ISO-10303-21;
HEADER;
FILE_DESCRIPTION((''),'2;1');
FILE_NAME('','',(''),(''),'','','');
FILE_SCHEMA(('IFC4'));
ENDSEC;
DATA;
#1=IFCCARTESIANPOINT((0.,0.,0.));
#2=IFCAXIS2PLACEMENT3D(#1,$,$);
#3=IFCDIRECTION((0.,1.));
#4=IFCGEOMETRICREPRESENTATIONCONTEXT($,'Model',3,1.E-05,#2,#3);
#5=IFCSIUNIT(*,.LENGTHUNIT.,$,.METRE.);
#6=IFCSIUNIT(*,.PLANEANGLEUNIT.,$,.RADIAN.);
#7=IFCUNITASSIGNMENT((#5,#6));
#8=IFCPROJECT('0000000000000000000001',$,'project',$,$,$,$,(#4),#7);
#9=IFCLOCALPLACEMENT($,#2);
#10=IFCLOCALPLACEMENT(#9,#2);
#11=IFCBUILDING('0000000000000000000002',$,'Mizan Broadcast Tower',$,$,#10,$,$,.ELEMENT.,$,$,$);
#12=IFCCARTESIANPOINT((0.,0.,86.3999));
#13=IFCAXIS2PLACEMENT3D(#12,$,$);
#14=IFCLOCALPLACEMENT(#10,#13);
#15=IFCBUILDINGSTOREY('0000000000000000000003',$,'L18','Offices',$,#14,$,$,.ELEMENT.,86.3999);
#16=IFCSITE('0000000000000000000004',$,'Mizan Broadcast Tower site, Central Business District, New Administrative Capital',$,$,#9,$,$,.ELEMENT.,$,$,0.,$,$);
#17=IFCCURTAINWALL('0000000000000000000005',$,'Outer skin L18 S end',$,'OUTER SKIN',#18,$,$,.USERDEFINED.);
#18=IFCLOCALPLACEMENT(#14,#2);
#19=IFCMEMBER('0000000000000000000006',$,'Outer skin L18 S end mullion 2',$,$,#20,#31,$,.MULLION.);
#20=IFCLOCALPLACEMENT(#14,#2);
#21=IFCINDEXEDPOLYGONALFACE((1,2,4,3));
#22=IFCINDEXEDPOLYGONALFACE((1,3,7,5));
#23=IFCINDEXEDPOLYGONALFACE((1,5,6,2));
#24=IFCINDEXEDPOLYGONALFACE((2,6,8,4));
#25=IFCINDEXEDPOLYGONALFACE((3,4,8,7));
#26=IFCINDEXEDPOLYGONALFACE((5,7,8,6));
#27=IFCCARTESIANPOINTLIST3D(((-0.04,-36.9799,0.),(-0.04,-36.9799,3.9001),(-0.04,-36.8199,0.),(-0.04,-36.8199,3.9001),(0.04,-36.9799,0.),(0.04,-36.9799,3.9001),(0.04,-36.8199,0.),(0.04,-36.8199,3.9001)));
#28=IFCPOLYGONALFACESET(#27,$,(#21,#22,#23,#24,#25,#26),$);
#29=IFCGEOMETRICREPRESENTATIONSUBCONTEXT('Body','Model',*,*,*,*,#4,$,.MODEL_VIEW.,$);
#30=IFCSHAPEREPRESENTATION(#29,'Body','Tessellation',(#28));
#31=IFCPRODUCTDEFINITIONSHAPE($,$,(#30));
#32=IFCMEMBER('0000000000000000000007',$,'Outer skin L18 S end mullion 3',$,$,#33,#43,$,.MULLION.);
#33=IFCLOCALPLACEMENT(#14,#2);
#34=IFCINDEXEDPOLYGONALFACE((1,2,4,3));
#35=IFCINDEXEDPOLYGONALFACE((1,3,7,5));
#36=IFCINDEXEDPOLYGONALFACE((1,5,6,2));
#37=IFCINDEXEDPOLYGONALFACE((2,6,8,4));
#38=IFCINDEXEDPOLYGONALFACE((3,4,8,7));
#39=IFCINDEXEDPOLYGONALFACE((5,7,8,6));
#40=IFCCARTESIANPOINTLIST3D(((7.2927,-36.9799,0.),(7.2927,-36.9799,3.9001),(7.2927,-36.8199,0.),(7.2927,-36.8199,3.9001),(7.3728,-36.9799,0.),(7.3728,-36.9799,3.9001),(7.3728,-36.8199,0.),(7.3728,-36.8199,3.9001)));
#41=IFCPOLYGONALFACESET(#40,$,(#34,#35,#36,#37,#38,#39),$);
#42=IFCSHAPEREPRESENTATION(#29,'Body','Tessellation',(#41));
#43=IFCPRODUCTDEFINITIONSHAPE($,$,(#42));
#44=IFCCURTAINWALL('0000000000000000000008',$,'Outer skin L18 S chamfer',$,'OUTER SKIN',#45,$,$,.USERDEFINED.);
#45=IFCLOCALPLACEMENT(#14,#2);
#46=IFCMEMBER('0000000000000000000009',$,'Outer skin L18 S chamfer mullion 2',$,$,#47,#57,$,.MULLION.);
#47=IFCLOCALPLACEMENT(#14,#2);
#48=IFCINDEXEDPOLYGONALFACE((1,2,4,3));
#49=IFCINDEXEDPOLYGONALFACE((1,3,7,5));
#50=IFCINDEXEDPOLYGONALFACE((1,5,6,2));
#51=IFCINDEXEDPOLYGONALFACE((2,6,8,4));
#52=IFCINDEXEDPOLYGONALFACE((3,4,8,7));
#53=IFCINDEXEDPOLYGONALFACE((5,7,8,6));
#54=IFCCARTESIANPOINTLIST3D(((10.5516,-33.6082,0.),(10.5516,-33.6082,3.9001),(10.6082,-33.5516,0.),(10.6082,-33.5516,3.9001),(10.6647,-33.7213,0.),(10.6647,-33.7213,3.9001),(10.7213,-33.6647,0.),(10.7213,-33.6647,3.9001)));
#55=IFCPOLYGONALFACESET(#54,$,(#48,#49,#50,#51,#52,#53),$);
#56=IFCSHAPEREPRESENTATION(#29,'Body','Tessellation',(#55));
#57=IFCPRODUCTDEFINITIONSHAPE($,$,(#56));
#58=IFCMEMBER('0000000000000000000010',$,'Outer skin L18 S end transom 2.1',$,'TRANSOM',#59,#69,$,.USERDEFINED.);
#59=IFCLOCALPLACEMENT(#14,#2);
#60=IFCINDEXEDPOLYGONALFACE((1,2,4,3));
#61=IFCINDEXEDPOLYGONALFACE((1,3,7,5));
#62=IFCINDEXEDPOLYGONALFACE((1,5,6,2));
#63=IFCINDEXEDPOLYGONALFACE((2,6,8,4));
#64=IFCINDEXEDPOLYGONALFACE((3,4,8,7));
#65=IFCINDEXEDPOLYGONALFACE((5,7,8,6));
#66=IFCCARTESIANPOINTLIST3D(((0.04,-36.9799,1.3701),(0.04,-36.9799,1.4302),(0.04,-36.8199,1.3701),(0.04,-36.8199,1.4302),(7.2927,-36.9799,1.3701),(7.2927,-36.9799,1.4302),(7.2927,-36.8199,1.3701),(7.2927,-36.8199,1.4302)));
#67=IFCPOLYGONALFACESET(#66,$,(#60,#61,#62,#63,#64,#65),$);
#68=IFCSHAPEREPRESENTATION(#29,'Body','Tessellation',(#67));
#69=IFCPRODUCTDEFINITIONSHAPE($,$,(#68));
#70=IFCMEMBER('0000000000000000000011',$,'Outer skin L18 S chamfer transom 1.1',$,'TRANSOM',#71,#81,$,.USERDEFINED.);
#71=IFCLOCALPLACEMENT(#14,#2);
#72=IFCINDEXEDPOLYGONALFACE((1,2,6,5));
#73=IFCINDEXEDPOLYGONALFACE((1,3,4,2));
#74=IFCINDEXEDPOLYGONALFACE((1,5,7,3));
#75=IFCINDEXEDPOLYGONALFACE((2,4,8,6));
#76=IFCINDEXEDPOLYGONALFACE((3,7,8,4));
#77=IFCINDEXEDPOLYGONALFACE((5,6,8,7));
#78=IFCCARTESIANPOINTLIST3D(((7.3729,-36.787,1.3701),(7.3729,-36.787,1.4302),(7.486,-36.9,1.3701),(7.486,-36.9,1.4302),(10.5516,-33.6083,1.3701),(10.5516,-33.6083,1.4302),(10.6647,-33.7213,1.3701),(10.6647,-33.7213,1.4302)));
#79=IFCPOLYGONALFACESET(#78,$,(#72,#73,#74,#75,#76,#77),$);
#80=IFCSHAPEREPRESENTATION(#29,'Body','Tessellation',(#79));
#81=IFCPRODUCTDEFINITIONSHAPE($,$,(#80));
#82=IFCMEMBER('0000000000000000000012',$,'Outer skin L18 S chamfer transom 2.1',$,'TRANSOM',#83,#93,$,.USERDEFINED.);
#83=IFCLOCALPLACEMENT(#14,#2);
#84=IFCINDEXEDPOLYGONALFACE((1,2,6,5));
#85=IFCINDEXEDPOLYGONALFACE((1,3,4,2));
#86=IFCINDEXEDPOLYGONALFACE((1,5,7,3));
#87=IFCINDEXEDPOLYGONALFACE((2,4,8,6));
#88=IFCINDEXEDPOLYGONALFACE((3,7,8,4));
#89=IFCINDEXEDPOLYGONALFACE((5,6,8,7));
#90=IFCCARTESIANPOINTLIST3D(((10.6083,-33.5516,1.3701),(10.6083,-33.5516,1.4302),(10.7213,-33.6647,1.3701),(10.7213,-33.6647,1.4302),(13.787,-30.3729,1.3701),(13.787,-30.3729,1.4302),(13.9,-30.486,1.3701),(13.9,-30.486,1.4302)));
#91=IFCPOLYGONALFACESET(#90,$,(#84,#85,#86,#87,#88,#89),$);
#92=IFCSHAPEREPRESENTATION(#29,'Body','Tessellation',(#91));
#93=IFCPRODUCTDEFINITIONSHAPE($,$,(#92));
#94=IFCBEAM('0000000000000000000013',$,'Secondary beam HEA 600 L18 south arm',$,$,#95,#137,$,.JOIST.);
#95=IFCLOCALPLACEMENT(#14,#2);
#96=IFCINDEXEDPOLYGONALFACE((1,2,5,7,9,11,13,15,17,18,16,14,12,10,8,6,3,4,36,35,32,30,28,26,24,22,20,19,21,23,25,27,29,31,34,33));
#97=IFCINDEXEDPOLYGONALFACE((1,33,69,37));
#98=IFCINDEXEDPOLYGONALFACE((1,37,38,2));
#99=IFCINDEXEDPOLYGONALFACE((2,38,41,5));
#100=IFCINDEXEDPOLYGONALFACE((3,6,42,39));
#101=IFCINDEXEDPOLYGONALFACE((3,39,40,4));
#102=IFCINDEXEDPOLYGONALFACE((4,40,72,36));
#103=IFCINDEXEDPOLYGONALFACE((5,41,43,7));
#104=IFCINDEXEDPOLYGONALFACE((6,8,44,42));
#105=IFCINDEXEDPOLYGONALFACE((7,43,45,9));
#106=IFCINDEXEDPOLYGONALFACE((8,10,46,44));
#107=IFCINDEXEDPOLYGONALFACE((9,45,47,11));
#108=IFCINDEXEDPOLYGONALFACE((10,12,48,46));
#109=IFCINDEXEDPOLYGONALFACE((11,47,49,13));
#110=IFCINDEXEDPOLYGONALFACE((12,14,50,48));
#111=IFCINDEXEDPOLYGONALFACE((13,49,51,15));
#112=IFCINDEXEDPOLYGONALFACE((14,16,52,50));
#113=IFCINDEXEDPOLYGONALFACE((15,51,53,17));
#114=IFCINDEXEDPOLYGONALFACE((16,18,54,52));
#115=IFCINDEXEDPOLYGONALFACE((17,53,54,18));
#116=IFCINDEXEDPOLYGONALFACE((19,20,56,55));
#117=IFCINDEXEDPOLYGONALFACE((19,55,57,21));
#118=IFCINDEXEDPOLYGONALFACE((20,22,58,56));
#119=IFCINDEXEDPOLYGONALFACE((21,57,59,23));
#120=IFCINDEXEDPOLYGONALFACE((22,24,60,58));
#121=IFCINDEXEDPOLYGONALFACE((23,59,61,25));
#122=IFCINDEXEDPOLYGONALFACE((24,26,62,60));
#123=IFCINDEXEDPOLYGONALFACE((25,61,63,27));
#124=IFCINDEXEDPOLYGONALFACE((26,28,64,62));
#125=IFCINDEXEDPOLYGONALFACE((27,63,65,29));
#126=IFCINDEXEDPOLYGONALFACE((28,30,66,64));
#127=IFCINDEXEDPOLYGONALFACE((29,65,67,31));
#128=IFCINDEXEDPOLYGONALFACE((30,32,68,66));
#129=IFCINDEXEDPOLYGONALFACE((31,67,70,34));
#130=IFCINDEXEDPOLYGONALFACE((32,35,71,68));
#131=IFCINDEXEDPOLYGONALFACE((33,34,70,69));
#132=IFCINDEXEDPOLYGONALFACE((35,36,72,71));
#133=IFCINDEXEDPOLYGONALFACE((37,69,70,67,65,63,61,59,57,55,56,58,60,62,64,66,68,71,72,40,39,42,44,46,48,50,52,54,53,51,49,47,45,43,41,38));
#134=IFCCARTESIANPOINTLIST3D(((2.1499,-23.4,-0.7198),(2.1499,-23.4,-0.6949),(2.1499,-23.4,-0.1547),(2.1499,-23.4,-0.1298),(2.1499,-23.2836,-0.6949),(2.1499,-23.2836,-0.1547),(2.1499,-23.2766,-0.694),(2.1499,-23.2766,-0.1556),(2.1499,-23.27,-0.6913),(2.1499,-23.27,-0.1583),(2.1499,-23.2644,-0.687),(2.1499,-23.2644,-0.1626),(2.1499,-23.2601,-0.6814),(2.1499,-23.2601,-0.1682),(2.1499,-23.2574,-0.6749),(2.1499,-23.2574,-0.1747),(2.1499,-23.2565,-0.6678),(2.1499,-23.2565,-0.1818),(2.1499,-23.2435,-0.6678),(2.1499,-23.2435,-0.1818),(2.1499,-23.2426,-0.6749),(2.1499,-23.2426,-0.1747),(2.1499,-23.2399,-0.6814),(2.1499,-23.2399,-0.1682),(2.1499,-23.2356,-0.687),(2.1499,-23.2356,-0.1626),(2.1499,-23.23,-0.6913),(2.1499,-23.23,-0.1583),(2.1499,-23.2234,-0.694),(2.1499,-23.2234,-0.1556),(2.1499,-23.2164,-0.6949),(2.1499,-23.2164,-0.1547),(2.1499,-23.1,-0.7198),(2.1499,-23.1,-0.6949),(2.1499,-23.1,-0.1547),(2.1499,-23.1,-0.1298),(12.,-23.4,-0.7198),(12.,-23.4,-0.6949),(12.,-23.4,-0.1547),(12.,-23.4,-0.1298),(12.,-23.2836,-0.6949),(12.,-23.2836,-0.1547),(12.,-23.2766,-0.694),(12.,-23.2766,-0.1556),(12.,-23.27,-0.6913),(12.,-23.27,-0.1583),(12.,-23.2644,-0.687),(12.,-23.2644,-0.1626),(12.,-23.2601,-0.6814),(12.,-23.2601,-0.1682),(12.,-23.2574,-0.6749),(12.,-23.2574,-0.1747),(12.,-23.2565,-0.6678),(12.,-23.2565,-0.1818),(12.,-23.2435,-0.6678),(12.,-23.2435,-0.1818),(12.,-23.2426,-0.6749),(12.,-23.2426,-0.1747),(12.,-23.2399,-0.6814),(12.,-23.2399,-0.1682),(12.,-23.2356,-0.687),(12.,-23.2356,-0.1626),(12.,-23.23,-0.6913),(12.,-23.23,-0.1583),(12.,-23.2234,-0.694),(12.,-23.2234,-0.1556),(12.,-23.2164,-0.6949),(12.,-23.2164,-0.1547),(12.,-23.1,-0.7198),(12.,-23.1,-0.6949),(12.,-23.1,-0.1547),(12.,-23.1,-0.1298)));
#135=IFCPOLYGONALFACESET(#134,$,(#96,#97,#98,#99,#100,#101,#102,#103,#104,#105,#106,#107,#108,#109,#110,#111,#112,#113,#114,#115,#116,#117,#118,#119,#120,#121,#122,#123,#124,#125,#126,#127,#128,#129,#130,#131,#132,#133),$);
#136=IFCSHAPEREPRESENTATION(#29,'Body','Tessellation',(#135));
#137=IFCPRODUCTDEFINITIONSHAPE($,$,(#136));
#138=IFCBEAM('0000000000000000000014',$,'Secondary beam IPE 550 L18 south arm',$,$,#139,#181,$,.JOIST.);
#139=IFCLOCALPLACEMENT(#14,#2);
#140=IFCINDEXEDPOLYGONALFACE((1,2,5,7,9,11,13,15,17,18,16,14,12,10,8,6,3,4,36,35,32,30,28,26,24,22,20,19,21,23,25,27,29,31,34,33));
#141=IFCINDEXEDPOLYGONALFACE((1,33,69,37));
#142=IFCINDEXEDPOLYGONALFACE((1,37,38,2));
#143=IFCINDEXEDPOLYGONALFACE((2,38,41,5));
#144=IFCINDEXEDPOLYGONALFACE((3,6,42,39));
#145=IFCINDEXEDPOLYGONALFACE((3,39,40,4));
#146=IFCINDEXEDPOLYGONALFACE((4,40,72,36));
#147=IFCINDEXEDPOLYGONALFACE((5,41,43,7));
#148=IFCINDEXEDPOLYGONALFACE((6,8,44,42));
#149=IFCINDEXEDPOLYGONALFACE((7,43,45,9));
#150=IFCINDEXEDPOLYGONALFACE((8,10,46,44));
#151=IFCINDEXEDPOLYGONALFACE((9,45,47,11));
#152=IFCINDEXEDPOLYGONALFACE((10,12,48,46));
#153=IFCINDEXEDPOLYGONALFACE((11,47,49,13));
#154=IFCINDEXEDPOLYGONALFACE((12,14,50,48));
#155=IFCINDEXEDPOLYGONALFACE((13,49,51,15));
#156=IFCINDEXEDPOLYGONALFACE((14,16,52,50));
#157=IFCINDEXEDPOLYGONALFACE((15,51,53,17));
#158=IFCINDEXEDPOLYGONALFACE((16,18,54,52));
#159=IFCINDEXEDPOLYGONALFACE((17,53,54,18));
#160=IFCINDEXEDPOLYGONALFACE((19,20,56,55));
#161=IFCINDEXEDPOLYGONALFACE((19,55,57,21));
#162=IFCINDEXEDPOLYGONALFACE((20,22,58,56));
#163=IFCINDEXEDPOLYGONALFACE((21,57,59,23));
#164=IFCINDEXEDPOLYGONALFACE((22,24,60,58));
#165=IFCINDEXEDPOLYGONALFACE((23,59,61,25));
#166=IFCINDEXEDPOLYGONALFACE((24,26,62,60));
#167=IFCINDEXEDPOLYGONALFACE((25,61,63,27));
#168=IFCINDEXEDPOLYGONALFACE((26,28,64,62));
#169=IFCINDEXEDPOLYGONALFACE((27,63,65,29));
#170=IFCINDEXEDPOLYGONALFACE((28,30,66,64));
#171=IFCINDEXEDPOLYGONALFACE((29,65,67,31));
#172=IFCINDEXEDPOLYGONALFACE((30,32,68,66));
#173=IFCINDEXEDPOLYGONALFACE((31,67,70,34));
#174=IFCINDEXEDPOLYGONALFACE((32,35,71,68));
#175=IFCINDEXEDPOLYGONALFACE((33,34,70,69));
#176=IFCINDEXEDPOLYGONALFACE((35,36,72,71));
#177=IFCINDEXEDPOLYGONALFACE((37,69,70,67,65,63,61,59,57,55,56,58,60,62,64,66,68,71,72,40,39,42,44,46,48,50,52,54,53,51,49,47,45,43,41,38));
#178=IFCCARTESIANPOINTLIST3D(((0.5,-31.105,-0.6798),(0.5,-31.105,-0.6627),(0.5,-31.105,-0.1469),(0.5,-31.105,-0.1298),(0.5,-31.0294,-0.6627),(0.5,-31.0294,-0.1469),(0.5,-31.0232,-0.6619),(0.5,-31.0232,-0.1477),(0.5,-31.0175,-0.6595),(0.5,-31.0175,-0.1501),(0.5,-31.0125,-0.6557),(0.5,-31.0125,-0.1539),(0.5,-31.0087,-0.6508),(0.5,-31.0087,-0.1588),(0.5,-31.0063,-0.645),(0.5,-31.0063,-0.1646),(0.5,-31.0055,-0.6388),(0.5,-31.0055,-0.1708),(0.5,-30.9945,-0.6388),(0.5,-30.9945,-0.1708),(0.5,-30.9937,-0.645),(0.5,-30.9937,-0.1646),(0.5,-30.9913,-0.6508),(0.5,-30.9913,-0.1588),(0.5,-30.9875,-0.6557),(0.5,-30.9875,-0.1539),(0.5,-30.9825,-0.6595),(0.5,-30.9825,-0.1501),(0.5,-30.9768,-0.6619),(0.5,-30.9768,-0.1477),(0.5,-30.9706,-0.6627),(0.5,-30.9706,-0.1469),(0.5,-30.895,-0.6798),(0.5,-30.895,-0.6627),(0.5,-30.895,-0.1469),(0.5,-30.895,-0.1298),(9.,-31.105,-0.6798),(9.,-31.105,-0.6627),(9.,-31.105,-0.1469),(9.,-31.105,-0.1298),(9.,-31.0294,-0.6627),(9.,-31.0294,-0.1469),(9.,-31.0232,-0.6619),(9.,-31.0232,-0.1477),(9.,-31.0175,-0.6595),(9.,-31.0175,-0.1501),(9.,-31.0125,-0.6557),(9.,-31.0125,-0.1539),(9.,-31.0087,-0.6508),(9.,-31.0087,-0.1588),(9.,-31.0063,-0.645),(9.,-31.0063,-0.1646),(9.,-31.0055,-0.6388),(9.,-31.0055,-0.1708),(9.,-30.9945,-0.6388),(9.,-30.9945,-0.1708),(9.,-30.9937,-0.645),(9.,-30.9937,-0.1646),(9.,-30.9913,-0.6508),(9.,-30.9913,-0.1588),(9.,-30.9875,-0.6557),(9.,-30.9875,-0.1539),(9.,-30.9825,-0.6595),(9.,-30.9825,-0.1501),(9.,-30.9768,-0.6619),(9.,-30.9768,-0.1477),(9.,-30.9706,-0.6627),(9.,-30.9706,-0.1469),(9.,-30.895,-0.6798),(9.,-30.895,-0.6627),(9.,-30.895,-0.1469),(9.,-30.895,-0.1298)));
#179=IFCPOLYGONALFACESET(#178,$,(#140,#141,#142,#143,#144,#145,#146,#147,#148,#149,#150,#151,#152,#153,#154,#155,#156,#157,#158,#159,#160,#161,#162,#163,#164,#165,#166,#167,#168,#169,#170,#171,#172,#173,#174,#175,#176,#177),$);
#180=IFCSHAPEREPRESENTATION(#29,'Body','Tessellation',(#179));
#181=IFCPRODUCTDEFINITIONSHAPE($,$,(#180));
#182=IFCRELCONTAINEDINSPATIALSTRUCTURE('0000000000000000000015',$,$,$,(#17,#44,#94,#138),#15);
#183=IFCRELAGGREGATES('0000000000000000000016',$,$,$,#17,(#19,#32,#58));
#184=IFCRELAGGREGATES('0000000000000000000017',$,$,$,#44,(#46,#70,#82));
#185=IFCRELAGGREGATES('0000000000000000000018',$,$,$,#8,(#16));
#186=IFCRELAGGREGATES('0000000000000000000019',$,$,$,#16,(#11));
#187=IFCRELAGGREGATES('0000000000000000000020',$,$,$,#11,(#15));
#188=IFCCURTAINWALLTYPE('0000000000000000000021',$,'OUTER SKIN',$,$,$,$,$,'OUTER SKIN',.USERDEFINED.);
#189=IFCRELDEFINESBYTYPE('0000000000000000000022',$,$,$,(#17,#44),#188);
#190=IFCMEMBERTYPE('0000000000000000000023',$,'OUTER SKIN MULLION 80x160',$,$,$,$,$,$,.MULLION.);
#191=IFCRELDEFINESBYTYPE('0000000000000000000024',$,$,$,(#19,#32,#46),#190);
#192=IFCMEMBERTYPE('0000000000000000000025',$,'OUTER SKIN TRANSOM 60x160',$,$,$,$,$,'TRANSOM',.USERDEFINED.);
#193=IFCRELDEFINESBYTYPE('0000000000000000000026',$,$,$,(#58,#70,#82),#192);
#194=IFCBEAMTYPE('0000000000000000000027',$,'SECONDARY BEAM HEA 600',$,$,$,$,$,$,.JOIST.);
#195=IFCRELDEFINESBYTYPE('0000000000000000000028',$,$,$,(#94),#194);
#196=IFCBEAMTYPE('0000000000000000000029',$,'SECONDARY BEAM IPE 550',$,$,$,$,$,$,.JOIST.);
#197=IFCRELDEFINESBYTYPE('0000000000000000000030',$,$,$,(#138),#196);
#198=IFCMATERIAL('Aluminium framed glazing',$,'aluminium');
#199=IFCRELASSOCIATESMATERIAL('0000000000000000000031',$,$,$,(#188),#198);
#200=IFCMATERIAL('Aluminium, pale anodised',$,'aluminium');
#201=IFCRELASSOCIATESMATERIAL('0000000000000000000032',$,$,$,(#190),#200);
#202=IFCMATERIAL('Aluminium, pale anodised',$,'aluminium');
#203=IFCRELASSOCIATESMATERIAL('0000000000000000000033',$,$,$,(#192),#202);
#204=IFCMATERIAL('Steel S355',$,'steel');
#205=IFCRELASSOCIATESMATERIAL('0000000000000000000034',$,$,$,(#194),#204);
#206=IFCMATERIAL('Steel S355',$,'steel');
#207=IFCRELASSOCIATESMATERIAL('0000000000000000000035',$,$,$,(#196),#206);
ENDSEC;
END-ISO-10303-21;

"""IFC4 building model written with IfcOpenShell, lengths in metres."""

from ifc_helpers import new_model, si_unit, direction, frame, origin, origin_2d, place, context, subcontext, project, spatial, rectangle, i_section, extrude, material, material_profile, profile_set, type_object, element, aggregate, save


model = new_model("IFC4")

# Units and contexts
model_context = context("Model", 3, precision=1e-05, world=origin(), true_north=direction((0.0, 1.0)))
body_context = subcontext(model_context, "Body", "Model", "MODEL_VIEW")
ifc_project = project(units=[si_unit("LENGTHUNIT", "METRE"), si_unit("PLANEANGLEUNIT", "RADIAN")], contexts=[model_context])

# Site, building, storey
site_placement = place(None, origin())
site = spatial("IfcSite", under=ifc_project, at=site_placement, Name="Mizan Broadcast Tower site, Central Business District, New Administrative Capital", CompositionType="ELEMENT", RefElevation=0.0)
building_placement = place(site_placement, origin())
building = spatial("IfcBuilding", under=site, at=building_placement, Name="Mizan Broadcast Tower", CompositionType="ELEMENT")
storey_placement = place(building_placement, frame((0.0, 0.0, 86.3999)))
storey = spatial("IfcBuildingStorey", under=building, at=storey_placement, Name="L18", Description="Offices", CompositionType="ELEMENT", Elevation=86.3999)

# Curtain wall, members
ifc_material_1 = material(Name="Aluminium framed glazing", Category="aluminium")
curtain_wall_type_1 = type_object("IfcCurtainWallType", Name="OUTER SKIN", ElementType="OUTER SKIN", PredefinedType="USERDEFINED", material=ifc_material_1)
curtain_wall_1_placement = place(storey_placement, origin())
curtain_wall_1 = element("IfcCurtainWall", 1, at=curtain_wall_1_placement, inside=storey, type_object=curtain_wall_type_1, Name="Outer skin L18 S end", ObjectType="OUTER SKIN", PredefinedType="USERDEFINED")
ifc_material_2 = material(Name="Aluminium, pale anodised", Category="aluminium")
ifc_material_profile_1 = material_profile(ifc_material_2, rectangle(XDim=0.1599, YDim=0.0801, at=origin_2d()), Name="MULLION 160x80")
ifc_profile_set_1 = profile_set([ifc_material_profile_1], Name="Aluminium, pale anodised")
member_type_1 = type_object("IfcMemberType", Name="OUTER SKIN MULLION 80x160", PredefinedType="MULLION", material=ifc_profile_set_1)
member_1_placement = place(storey_placement, frame((0.0, -36.8999, 0.0), z_axis=(0.0, 0.0, 1.0), x_axis=(0.0, 1.0, 0.0)))
member_1 = element("IfcMember", 2, at=member_1_placement, type_object=member_type_1, Name="Outer skin L18 S end mullion 2", PredefinedType="MULLION", context=body_context, shape_type="SweptSolid", body=[
    extrude(rectangle(XDim=0.1599, YDim=0.0801, at=origin_2d()), origin(), (0.0, 0.0, 1.0), 3.9001),
])
member_2_placement = place(storey_placement, frame((7.3328, -36.8999, 0.0), z_axis=(0.0, 0.0, 1.0), x_axis=(0.0, 1.0, 0.0)))
member_2 = element("IfcMember", 3, at=member_2_placement, type_object=member_type_1, Name="Outer skin L18 S end mullion 3", PredefinedType="MULLION", context=body_context, shape_type="SweptSolid", body=[
    extrude(rectangle(XDim=0.1599, YDim=0.0801, at=origin_2d()), origin(), (0.0, 0.0, 1.0), 3.9001),
])

# Curtain wall, member
curtain_wall_2_placement = place(storey_placement, origin())
curtain_wall_2 = element("IfcCurtainWall", 4, at=curtain_wall_2_placement, inside=storey, type_object=curtain_wall_type_1, Name="Outer skin L18 S chamfer", ObjectType="OUTER SKIN", PredefinedType="USERDEFINED")
member_3_placement = place(storey_placement, frame((10.6365, -33.6365, 0.0), z_axis=(0.0, 0.0, 1.0), x_axis=(-0.707107, 0.707107, 0.0)))
member_3 = element("IfcMember", 5, at=member_3_placement, type_object=member_type_1, Name="Outer skin L18 S chamfer mullion 2", PredefinedType="MULLION", context=body_context, shape_type="SweptSolid", body=[
    extrude(rectangle(XDim=0.1599, YDim=0.0801, at=origin_2d()), origin(), (0.0, 0.0, 1.0), 3.9001),
])

# Members
ifc_material_3 = material(Name="Aluminium, pale anodised", Category="aluminium")
ifc_material_profile_2 = material_profile(ifc_material_3, rectangle(XDim=0.1599, YDim=0.0601, at=origin_2d()), Name="TRANSOM 160x60")
ifc_profile_set_2 = profile_set([ifc_material_profile_2], Name="Aluminium, pale anodised")
member_type_2 = type_object("IfcMemberType", Name="OUTER SKIN TRANSOM 60x160", ElementType="TRANSOM", PredefinedType="USERDEFINED", material=ifc_profile_set_2)
member_4_placement = place(storey_placement, frame((0.04, -36.8999, 1.4001), z_axis=(1.0, 0.0, 0.0), x_axis=(0.0, 1.0, 0.0)))
member_4 = element("IfcMember", 6, at=member_4_placement, type_object=member_type_2, Name="Outer skin L18 S end transom 2.1", ObjectType="TRANSOM", PredefinedType="USERDEFINED", context=body_context, shape_type="SweptSolid", body=[
    extrude(rectangle(XDim=0.1599, YDim=0.0601, at=origin_2d()), origin(), (0.0, 0.0, 1.0), 7.2527),
])
member_5_placement = place(storey_placement, frame((7.4294, -36.8435, 1.4001), z_axis=(0.707107, 0.707107, 0.0), x_axis=(-0.707107, 0.707107, 0.0)))
member_5 = element("IfcMember", 7, at=member_5_placement, type_object=member_type_2, Name="Outer skin L18 S chamfer transom 1.1", ObjectType="TRANSOM", PredefinedType="USERDEFINED", context=body_context, shape_type="SweptSolid", body=[
    extrude(rectangle(XDim=0.1599, YDim=0.0601, at=origin_2d()), origin(), (0.0, 0.0, 1.0), 4.4954),
])
member_6_placement = place(storey_placement, frame((10.6648, -33.6082, 1.4001), z_axis=(0.707107, 0.707107, 0.0), x_axis=(-0.707107, 0.707107, 0.0)))
member_6 = element("IfcMember", 8, at=member_6_placement, type_object=member_type_2, Name="Outer skin L18 S chamfer transom 2.1", ObjectType="TRANSOM", PredefinedType="USERDEFINED", context=body_context, shape_type="SweptSolid", body=[
    extrude(rectangle(XDim=0.1599, YDim=0.0601, at=origin_2d()), origin(), (0.0, 0.0, 1.0), 4.4954),
])

# Beams
ifc_material_4 = material(Name="Steel S355", Category="steel")
ifc_material_profile_3 = material_profile(ifc_material_4, i_section(OverallWidth=0.3, OverallDepth=0.5901, WebThickness=0.0129, FlangeThickness=0.0249, FilletRadius=0.0271, at=origin_2d()), Name="HEA 600")
ifc_profile_set_3 = profile_set([ifc_material_profile_3], Name="Steel S355")
beam_type_1 = type_object("IfcBeamType", Name="SECONDARY BEAM HEA 600", PredefinedType="JOIST", material=ifc_profile_set_3)
beam_1_placement = place(storey_placement, frame((12.0, -23.25, -0.4248), z_axis=(-1.0, 0.0, 0.0), x_axis=(0.0, -1.0, 0.0)))
element("IfcBeam", 9, at=beam_1_placement, inside=storey, type_object=beam_type_1, Name="Secondary beam HEA 600 L18 south arm", PredefinedType="JOIST", context=body_context, shape_type="SweptSolid", body=[
    extrude(i_section(OverallWidth=0.3, OverallDepth=0.5901, WebThickness=0.0129, FlangeThickness=0.0249, FilletRadius=0.0271, at=origin_2d()), origin(), (0.0, 0.0, 1.0), 9.8501),
])
ifc_material_5 = material(Name="Steel S355", Category="steel")
ifc_material_profile_4 = material_profile(ifc_material_5, i_section(OverallWidth=0.21, OverallDepth=0.55, WebThickness=0.011, FlangeThickness=0.0171, FilletRadius=0.0239, at=origin_2d()), Name="IPE 550")
ifc_profile_set_4 = profile_set([ifc_material_profile_4], Name="Steel S355")
beam_type_2 = type_object("IfcBeamType", Name="SECONDARY BEAM IPE 550", PredefinedType="JOIST", material=ifc_profile_set_4)
beam_2_placement = place(storey_placement, frame((9.0, -31.0, -0.4048), z_axis=(-1.0, 0.0, 0.0), x_axis=(0.0, -1.0, 0.0)))
element("IfcBeam", 10, at=beam_2_placement, inside=storey, type_object=beam_type_2, Name="Secondary beam IPE 550 L18 south arm", PredefinedType="JOIST", context=body_context, shape_type="SweptSolid", body=[
    extrude(i_section(OverallWidth=0.21, OverallDepth=0.55, WebThickness=0.011, FlangeThickness=0.0171, FilletRadius=0.0239, at=origin_2d()), origin(), (0.0, 0.0, 1.0), 8.5),
])

aggregate(curtain_wall_1, [member_1, member_2, member_4])
aggregate(curtain_wall_2, [member_3, member_5, member_6])

save(model, "model.ifc")
